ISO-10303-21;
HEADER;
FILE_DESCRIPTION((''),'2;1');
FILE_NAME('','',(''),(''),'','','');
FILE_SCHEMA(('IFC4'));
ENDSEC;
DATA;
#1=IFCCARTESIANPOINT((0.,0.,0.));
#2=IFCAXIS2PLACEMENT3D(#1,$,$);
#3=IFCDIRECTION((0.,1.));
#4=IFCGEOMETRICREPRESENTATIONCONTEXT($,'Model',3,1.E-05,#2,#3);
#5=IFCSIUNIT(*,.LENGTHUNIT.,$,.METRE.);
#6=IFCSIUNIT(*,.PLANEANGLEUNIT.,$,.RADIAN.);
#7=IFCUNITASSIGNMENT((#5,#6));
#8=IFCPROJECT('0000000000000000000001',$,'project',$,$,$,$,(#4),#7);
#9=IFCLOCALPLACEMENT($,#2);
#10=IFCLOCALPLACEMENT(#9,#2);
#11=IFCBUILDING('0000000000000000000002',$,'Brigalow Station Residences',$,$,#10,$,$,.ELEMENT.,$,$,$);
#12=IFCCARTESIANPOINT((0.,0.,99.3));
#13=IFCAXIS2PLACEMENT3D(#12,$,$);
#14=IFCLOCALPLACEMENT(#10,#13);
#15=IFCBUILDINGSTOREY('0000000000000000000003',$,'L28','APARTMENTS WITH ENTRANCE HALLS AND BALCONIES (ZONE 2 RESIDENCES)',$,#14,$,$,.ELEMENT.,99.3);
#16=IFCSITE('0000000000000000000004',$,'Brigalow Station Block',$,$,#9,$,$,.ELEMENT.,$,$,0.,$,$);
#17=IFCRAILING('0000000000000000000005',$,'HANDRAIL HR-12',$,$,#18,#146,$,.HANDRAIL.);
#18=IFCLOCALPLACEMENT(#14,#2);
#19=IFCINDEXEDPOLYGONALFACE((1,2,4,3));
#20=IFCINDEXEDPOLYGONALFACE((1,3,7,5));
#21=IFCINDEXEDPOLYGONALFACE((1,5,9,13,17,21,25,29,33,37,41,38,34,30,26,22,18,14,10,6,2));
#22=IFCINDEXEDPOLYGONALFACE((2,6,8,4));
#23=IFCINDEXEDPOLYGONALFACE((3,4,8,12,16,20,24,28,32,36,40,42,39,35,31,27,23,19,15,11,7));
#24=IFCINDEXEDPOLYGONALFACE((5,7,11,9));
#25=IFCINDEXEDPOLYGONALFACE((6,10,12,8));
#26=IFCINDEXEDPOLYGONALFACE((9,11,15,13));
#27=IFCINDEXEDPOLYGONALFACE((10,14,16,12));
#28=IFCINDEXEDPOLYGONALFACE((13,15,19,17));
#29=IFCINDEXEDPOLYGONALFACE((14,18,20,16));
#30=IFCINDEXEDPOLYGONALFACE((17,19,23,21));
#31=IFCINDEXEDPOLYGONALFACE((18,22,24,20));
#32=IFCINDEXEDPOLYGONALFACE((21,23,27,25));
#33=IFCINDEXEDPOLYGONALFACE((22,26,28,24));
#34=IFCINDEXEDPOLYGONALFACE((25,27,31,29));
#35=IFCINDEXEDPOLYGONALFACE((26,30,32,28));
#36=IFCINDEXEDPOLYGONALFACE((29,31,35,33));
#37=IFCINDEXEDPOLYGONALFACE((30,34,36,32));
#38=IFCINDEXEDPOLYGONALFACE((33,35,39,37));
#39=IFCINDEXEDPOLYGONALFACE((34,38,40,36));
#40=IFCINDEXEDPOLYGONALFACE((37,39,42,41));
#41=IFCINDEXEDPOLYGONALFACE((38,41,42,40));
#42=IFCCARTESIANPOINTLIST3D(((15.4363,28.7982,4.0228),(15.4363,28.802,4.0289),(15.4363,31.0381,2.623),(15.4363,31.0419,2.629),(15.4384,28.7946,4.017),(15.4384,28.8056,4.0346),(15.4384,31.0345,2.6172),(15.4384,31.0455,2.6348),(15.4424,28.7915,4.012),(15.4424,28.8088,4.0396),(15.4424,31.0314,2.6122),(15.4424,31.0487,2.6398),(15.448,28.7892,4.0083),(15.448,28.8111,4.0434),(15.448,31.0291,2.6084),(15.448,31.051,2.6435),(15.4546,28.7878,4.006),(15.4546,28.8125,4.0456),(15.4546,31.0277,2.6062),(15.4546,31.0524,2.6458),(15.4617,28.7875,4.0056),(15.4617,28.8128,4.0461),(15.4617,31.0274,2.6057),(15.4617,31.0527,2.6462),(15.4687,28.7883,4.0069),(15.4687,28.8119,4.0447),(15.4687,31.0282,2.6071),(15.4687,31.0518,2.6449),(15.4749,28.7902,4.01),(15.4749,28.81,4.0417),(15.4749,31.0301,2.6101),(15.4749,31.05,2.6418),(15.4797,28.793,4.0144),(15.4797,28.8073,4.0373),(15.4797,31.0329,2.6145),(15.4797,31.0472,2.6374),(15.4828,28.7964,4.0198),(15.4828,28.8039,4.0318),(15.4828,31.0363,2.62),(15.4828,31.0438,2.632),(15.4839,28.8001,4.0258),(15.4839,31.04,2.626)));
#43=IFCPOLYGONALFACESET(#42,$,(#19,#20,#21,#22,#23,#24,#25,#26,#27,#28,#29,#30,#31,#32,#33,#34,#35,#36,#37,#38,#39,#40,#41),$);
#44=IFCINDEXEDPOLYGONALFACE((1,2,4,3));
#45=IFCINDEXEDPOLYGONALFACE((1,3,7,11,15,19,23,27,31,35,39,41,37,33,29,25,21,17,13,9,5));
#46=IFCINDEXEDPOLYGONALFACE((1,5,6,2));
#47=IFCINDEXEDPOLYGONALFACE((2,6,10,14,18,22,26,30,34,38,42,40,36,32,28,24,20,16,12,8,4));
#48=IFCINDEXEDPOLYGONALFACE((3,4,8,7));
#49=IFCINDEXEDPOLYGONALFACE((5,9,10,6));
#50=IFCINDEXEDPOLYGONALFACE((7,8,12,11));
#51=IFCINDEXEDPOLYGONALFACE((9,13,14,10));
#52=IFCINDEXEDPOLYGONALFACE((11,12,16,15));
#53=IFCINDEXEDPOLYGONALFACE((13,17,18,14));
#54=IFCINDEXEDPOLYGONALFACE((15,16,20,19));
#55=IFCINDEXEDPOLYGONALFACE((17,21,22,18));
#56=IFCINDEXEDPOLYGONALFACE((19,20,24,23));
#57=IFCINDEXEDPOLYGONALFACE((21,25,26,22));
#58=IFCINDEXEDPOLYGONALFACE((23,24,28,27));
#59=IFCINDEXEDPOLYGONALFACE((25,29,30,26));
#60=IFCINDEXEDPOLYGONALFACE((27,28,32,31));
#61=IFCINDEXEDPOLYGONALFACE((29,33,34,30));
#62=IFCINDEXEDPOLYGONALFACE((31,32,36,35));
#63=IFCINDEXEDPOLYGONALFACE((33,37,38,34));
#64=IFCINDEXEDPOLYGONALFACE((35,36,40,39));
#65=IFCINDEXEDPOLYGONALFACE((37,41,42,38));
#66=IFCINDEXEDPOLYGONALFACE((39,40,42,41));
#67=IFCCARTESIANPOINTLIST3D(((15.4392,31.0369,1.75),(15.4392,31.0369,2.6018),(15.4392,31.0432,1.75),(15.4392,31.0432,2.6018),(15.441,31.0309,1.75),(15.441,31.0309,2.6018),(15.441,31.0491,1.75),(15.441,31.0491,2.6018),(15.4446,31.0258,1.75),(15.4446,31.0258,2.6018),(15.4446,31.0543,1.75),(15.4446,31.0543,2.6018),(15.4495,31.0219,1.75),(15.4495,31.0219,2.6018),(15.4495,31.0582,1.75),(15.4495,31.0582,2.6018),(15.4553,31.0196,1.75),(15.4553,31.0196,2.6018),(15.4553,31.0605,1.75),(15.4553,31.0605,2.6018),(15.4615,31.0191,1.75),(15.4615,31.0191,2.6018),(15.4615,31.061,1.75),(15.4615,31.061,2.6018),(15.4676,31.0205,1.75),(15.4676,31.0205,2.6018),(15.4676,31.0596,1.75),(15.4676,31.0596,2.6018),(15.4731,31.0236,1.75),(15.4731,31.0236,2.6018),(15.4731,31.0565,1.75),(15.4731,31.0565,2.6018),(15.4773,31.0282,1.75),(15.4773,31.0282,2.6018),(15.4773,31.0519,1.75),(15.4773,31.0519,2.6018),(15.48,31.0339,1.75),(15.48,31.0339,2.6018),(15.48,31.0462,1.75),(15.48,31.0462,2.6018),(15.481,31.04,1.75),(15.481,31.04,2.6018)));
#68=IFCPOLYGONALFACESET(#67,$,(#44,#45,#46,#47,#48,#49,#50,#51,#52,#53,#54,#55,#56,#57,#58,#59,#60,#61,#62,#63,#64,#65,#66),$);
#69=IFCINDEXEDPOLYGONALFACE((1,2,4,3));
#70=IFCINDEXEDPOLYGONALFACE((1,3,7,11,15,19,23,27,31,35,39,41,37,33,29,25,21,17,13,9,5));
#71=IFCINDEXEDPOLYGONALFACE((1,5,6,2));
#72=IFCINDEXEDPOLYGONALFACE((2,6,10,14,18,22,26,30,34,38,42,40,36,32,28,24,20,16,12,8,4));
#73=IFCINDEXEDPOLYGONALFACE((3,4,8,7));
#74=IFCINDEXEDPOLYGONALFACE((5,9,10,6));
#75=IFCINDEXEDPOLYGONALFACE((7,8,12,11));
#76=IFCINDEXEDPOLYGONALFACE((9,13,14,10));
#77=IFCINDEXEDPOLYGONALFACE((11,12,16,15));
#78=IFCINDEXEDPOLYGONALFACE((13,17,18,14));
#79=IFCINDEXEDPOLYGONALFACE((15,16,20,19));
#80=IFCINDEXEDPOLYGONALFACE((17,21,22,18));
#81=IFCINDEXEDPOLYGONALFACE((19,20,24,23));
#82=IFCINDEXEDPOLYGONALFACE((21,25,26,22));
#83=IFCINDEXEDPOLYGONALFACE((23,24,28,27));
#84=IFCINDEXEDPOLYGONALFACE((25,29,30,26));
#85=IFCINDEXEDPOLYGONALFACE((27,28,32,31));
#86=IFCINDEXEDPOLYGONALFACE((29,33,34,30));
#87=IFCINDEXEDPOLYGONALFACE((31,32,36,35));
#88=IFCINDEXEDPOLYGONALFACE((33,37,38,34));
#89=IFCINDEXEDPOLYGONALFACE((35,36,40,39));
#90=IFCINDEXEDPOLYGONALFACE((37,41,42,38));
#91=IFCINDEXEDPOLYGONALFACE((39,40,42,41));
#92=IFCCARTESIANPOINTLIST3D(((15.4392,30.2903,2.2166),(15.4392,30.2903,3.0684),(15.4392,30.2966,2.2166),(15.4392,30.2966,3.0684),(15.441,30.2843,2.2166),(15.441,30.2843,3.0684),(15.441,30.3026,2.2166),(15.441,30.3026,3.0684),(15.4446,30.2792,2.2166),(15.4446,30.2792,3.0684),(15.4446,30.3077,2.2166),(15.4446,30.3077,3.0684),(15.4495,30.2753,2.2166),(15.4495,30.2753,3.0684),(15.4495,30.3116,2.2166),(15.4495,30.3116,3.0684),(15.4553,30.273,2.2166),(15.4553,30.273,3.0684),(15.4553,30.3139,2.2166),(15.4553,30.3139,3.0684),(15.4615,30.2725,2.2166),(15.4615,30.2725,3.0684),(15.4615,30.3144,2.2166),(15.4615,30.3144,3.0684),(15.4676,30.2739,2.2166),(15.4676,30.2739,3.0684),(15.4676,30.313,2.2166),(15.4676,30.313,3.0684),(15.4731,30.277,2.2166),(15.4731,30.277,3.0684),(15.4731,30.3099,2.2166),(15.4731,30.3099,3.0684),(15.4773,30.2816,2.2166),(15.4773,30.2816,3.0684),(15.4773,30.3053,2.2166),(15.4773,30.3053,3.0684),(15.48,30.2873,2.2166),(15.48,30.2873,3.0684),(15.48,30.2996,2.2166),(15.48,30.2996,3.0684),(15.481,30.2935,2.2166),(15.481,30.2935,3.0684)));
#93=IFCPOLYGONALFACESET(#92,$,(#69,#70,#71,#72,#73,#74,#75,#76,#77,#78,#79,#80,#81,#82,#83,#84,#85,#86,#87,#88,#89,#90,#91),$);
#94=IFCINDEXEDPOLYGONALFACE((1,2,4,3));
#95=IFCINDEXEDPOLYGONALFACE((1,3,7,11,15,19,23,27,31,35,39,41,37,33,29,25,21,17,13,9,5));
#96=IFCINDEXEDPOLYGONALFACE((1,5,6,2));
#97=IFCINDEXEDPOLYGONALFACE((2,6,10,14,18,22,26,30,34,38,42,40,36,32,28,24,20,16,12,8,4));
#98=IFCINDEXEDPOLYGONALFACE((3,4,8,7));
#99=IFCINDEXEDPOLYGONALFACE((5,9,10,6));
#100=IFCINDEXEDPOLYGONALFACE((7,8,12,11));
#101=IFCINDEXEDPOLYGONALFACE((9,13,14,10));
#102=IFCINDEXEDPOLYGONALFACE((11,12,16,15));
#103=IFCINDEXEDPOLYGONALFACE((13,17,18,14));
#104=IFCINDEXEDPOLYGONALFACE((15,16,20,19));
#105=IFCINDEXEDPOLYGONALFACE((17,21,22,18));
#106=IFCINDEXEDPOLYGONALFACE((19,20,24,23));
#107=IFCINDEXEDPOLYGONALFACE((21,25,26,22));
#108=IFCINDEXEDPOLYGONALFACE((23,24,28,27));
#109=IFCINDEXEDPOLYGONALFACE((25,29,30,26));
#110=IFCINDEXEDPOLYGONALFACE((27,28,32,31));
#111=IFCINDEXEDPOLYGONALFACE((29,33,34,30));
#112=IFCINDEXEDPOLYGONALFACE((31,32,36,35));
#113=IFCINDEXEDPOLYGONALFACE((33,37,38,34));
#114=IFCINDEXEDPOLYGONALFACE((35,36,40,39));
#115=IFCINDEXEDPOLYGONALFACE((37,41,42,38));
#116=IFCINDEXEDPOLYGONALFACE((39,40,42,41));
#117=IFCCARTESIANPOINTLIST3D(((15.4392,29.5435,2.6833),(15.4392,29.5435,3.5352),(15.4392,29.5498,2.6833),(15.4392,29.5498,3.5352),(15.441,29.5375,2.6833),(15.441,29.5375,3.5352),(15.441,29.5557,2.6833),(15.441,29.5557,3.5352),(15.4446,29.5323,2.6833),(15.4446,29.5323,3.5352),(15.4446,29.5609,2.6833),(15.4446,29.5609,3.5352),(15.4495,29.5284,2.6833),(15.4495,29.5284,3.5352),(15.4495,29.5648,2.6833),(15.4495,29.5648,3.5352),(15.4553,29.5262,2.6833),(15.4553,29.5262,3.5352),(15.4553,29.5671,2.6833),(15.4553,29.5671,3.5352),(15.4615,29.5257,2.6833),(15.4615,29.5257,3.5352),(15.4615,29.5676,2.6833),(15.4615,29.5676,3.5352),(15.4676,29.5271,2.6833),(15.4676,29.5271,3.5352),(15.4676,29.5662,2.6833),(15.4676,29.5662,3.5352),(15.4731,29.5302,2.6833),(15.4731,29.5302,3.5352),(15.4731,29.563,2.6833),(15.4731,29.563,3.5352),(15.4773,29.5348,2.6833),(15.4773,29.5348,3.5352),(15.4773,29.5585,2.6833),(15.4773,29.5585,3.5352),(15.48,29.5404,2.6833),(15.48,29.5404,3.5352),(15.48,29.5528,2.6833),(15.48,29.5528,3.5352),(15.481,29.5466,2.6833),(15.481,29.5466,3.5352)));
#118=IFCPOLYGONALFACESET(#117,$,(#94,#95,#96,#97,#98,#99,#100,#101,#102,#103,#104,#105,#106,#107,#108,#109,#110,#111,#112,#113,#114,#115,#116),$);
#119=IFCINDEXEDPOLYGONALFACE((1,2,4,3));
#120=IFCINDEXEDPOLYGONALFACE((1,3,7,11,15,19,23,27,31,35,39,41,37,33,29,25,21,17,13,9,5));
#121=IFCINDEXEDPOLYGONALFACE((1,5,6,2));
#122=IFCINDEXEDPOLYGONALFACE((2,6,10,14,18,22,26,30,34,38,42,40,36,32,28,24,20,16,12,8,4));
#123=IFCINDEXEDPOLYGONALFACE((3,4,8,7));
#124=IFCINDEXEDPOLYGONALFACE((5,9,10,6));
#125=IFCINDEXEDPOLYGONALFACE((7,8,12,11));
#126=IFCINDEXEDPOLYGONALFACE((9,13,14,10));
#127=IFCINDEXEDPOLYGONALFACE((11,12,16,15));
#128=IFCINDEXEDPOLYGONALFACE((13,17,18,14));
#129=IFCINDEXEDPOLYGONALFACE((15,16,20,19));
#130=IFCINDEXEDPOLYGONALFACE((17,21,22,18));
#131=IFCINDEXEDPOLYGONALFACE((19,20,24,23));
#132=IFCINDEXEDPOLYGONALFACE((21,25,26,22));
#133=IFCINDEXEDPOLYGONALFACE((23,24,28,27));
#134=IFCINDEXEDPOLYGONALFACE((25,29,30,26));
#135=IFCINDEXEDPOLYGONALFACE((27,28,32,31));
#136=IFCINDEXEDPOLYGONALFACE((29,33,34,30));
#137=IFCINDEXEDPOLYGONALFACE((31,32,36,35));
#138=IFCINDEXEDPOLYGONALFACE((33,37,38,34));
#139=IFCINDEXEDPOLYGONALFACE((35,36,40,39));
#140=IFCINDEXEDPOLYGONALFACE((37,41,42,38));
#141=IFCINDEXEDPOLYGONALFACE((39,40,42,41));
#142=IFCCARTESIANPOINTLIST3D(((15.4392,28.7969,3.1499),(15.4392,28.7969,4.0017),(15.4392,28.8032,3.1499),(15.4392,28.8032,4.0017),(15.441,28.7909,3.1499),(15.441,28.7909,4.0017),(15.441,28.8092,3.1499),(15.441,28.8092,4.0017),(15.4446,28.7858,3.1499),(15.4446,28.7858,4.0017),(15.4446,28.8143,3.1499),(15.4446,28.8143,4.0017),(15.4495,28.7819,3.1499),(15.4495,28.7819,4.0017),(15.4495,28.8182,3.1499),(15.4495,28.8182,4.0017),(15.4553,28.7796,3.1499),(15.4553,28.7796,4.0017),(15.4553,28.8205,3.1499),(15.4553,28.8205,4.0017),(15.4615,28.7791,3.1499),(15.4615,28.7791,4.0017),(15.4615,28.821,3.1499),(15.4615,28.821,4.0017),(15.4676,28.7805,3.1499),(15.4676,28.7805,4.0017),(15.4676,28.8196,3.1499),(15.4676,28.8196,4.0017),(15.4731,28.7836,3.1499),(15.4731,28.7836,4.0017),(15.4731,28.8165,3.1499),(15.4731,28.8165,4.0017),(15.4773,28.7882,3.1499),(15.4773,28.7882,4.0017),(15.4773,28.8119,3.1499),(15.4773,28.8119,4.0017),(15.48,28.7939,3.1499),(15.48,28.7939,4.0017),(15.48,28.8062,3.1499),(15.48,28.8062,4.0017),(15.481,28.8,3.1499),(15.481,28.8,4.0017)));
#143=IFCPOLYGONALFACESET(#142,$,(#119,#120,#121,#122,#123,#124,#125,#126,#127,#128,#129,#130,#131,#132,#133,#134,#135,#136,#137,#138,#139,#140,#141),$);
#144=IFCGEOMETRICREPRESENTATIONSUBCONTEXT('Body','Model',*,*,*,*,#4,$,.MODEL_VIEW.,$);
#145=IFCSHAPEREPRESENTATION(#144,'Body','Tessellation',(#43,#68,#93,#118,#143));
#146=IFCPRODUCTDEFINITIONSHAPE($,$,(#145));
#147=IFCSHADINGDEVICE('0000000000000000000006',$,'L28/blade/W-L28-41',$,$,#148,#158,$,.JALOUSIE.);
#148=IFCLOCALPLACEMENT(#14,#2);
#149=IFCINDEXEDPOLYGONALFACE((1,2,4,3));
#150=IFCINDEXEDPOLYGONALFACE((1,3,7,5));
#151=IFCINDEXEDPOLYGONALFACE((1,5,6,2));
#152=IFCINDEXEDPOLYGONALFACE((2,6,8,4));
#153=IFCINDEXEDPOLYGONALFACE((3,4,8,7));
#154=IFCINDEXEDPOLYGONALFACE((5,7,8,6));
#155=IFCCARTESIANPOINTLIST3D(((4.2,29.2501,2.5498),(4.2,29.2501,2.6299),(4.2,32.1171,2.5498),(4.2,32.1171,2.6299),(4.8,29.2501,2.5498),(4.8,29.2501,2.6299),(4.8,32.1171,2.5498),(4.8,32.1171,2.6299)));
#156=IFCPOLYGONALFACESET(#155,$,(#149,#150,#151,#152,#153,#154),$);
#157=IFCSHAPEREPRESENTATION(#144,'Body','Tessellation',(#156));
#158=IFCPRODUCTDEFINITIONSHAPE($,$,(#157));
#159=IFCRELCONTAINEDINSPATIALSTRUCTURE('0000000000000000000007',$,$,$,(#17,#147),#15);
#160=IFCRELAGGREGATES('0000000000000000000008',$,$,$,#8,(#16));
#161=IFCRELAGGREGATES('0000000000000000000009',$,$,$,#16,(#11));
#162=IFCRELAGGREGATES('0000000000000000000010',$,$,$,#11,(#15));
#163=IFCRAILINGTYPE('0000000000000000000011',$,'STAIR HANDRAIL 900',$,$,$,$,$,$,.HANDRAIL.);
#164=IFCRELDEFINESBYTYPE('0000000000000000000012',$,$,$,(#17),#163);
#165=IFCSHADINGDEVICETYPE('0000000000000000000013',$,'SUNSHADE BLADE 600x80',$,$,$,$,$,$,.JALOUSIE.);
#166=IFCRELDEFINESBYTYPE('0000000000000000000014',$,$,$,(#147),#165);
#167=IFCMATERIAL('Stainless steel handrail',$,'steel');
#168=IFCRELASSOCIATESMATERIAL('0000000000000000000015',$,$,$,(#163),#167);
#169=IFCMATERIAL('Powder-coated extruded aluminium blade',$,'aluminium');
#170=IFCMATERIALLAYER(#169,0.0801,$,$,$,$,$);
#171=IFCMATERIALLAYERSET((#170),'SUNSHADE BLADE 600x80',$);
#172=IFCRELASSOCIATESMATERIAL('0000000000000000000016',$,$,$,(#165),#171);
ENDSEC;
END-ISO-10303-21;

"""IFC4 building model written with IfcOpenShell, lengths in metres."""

from ifc_helpers import new_model, si_unit, direction, frame, origin, origin_2d, place, context, subcontext, project, spatial, rectangle, circle, extrude, material, layer, layer_set, type_object, element, save


model = new_model("IFC4")

# Units and contexts
model_context = context("Model", 3, precision=1e-05, world=origin(), true_north=direction((0.0, 1.0)))
body_context = subcontext(model_context, "Body", "Model", "MODEL_VIEW")
ifc_project = project(units=[si_unit("LENGTHUNIT", "METRE"), si_unit("PLANEANGLEUNIT", "RADIAN")], contexts=[model_context])

# Site, building, storey
site_placement = place(None, origin())
site = spatial("IfcSite", under=ifc_project, at=site_placement, Name="Brigalow Station Block", CompositionType="ELEMENT", RefElevation=0.0)
building_placement = place(site_placement, origin())
building = spatial("IfcBuilding", under=site, at=building_placement, Name="Brigalow Station Residences", CompositionType="ELEMENT")
storey_placement = place(building_placement, frame((0.0, 0.0, 99.3)))
storey = spatial("IfcBuildingStorey", under=building, at=storey_placement, Name="L28", Description="APARTMENTS WITH ENTRANCE HALLS AND BALCONIES (ZONE 2 RESIDENCES)", CompositionType="ELEMENT", Elevation=99.3)

# Railing
ifc_material_1 = material(Name="Stainless steel handrail", Category="steel")
railing_type_1 = type_object("IfcRailingType", Name="STAIR HANDRAIL 900", PredefinedType="HANDRAIL", material=ifc_material_1)
railing_1_placement = place(storey_placement, frame((15.46, 31.04, 1.75)))
element("IfcRailing", 1, at=railing_1_placement, inside=storey, type_object=railing_type_1, Name="HANDRAIL HR-12", PredefinedType="HANDRAIL", context=body_context, shape_type="SweptSolid", body=[
    extrude(circle(Radius=0.0239, at=origin_2d()), frame((0.0, 0.0, 0.876), z_axis=(0.0, -0.848014, 0.529974), x_axis=(1.0, 0.0, 0.0)), (0.0, 0.0, 1.0), 2.6414),
    extrude(circle(Radius=0.021, at=origin_2d()), origin(), (0.0, 0.0, 1.0), 0.8518),
    extrude(circle(Radius=0.021, at=origin_2d()), frame((0.0, -0.7466, 0.4666)), (0.0, 0.0, 1.0), 0.8518),
    extrude(circle(Radius=0.021, at=origin_2d()), frame((0.0, -1.4934, 0.9333)), (0.0, 0.0, 1.0), 0.8518),
    extrude(circle(Radius=0.021, at=origin_2d()), frame((0.0, -2.24, 1.3999)), (0.0, 0.0, 1.0), 0.8518),
])

# Shading device
ifc_material_2 = material(Name="Powder-coated extruded aluminium blade", Category="aluminium")
ifc_layer_1 = layer(ifc_material_2, 0.0801)
ifc_layer_set_1 = layer_set([ifc_layer_1], Name="SUNSHADE BLADE 600x80")
shading_device_type = type_object("IfcShadingDeviceType", Name="SUNSHADE BLADE 600x80", PredefinedType="JALOUSIE", material=ifc_layer_set_1)
shading_device_placement = place(storey_placement, frame((4.5, 30.6836, 2.5498), z_axis=(0.0, 0.0, 1.0), x_axis=(0.0, -1.0, 0.0)))
element("IfcShadingDevice", 2, at=shading_device_placement, inside=storey, type_object=shading_device_type, Name="L28/blade/W-L28-41", PredefinedType="JALOUSIE", context=body_context, shape_type="SweptSolid", body=[
    extrude(rectangle(XDim=2.8669, YDim=0.6001, at=origin_2d()), origin(), (0.0, 0.0, 1.0), 0.0801),
])

save(model, "model.ifc")
